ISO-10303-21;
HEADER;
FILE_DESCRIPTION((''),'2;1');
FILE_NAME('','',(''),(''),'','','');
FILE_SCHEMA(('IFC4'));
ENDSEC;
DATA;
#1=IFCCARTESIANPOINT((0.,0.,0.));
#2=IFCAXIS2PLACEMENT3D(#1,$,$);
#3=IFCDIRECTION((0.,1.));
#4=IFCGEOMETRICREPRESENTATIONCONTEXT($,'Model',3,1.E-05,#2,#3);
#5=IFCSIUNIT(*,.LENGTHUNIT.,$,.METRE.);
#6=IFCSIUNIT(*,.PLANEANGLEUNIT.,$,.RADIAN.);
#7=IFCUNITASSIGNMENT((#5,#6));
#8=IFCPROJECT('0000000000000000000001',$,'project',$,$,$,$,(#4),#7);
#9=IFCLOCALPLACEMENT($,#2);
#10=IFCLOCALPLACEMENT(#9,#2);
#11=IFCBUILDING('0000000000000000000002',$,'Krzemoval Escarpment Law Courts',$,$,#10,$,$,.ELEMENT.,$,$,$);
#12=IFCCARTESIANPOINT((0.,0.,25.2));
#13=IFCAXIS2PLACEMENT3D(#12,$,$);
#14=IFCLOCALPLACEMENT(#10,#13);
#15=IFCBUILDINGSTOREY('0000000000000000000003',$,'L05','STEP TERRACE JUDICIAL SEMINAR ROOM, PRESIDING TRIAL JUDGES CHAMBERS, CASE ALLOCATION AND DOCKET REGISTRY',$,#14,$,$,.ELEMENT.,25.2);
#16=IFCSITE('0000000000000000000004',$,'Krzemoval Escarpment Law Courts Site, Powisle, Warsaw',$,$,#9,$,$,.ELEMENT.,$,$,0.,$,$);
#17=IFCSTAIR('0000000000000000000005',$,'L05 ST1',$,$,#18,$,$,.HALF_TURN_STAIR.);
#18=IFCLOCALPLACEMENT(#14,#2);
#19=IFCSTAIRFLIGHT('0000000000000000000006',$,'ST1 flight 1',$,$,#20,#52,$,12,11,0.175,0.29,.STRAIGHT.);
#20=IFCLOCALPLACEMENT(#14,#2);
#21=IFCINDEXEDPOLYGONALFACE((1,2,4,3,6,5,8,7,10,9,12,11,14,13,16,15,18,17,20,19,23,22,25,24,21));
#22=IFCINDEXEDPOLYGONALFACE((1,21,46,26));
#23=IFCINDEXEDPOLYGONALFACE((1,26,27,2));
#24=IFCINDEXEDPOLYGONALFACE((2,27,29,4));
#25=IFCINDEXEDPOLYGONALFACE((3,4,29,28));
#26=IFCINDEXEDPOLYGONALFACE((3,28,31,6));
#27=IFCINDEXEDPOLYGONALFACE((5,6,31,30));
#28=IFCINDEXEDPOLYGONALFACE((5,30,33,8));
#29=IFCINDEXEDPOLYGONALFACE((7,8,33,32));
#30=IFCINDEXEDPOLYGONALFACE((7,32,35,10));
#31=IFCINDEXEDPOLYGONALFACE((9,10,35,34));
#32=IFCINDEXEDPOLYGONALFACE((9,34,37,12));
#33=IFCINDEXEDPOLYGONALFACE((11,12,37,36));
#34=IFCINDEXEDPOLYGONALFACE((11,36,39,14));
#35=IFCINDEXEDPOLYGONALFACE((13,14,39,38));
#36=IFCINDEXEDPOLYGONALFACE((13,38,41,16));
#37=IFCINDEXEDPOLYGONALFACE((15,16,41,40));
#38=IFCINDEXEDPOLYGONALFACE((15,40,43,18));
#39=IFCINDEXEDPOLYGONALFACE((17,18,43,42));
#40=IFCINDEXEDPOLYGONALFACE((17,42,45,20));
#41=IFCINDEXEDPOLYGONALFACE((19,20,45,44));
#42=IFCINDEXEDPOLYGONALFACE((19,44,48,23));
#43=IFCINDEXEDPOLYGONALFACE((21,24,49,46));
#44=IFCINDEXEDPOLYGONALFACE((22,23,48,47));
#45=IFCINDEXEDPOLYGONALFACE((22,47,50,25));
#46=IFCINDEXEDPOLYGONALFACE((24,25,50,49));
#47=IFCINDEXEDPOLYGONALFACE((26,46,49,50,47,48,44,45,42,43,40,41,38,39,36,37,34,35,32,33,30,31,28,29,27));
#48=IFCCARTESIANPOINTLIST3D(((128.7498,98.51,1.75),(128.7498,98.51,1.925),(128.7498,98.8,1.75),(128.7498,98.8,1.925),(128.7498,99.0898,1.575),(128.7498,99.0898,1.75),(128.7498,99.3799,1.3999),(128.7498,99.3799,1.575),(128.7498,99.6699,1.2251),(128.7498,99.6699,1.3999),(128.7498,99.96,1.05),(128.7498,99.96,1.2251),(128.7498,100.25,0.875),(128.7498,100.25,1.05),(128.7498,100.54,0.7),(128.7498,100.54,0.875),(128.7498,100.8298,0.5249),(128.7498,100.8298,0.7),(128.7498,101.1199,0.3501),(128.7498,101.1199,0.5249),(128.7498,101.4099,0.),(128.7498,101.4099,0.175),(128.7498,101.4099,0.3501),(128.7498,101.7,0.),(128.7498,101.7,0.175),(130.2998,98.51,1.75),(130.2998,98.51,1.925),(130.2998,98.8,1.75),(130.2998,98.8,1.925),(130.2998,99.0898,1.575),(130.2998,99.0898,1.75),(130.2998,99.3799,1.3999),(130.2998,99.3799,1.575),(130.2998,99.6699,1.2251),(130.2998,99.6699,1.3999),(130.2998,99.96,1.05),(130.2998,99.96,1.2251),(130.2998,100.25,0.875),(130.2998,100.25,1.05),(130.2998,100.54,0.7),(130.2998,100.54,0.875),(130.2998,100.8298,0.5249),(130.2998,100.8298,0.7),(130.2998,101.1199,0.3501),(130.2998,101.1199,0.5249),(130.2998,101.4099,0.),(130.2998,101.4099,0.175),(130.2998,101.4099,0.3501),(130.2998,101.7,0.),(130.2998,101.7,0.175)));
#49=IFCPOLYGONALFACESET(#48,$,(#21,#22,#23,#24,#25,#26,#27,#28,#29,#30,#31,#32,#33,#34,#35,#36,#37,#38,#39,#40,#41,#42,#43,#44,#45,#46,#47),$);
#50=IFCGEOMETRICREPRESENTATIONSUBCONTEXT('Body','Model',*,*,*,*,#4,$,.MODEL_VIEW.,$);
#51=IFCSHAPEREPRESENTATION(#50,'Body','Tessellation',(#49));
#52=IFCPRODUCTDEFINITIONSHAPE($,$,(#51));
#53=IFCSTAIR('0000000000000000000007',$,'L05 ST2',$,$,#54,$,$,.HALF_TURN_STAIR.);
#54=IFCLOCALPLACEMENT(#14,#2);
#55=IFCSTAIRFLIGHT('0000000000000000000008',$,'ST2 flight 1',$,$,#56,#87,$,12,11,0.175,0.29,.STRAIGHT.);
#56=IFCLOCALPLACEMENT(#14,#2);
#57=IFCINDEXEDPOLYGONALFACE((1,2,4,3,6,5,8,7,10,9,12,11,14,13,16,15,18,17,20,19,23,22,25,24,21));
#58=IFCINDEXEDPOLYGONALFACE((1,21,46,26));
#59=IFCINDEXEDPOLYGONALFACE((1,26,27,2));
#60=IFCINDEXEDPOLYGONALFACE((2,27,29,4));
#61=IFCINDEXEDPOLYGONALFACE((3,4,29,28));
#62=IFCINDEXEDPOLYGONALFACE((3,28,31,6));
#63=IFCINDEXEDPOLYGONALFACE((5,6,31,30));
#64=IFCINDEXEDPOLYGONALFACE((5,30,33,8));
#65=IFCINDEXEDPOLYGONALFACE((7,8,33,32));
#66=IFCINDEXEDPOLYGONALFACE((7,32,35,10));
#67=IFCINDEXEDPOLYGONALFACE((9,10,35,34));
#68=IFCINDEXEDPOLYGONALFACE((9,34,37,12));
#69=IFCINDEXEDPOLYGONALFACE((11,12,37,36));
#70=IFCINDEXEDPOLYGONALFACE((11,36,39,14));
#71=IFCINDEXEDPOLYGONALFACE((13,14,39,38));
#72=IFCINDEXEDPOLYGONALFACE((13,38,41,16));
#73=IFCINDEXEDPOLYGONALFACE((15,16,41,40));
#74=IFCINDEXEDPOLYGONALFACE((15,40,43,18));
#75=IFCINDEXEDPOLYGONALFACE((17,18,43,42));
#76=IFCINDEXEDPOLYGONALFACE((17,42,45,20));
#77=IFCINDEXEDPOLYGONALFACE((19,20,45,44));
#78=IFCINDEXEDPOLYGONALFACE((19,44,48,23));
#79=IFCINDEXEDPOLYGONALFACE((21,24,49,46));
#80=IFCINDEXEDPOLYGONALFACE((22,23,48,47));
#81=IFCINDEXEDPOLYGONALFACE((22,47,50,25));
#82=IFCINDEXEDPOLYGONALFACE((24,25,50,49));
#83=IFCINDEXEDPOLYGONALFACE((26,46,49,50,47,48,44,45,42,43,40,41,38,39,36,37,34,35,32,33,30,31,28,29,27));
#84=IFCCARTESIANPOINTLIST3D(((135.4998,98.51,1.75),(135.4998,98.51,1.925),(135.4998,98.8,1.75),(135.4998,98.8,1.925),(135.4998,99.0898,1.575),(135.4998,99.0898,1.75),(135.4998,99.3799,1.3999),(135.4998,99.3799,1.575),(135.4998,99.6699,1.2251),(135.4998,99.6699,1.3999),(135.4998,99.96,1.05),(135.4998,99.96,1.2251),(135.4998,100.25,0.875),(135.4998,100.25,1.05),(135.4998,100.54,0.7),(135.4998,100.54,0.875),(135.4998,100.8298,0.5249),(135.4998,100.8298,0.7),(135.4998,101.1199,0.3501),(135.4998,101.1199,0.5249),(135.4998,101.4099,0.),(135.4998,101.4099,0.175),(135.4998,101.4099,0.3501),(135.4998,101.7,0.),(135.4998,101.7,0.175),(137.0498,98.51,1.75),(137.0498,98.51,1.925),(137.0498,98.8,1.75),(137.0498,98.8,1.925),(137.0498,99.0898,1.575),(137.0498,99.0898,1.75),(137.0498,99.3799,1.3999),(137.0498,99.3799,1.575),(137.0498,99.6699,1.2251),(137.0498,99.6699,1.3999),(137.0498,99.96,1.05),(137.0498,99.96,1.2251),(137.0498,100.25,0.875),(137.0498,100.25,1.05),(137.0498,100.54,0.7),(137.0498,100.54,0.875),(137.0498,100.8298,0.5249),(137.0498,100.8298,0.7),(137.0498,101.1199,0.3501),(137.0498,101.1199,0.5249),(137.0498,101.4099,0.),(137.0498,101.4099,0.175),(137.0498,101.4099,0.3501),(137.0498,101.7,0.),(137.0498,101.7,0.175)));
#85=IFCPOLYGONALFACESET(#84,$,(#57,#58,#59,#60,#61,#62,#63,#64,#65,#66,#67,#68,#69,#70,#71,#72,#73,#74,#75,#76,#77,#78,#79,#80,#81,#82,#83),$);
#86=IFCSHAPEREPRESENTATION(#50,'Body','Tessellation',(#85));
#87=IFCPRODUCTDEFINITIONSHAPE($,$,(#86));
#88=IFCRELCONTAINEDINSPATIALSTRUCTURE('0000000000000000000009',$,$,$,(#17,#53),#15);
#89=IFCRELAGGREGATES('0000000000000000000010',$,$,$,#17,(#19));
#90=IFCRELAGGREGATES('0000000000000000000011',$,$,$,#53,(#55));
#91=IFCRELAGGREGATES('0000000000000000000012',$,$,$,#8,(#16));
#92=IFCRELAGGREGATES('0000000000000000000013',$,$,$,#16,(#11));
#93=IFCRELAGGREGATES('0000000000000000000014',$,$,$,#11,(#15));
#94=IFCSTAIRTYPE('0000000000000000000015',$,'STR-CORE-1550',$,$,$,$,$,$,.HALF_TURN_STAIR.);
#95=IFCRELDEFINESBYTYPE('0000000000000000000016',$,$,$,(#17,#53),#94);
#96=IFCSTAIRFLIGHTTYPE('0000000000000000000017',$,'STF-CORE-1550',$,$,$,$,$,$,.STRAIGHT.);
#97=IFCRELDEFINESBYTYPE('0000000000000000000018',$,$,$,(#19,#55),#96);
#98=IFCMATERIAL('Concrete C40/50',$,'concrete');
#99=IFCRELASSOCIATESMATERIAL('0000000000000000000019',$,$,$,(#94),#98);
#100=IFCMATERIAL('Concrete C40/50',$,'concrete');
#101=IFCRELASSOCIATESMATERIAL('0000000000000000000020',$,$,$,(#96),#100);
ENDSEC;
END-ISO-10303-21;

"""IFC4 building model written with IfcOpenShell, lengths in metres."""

from ifc_helpers import new_model, si_unit, direction, frame, origin, place, context, subcontext, project, spatial, polyline, outline, extrude, material, type_object, element, aggregate, save


model = new_model("IFC4")

# Units and contexts
model_context = context("Model", 3, precision=1e-05, world=origin(), true_north=direction((0.0, 1.0)))
body_context = subcontext(model_context, "Body", "Model", "MODEL_VIEW")
ifc_project = project(units=[si_unit("LENGTHUNIT", "METRE"), si_unit("PLANEANGLEUNIT", "RADIAN")], contexts=[model_context])

# Site, building, storey
site_placement = place(None, origin())
site = spatial("IfcSite", under=ifc_project, at=site_placement, Name="Krzemoval Escarpment Law Courts Site, Powisle, Warsaw", CompositionType="ELEMENT", RefElevation=0.0)
building_placement = place(site_placement, origin())
building = spatial("IfcBuilding", under=site, at=building_placement, Name="Krzemoval Escarpment Law Courts", CompositionType="ELEMENT")
storey_placement = place(building_placement, frame((0.0, 0.0, 25.2)))
storey = spatial("IfcBuildingStorey", under=building, at=storey_placement, Name="L05", Description="STEP TERRACE JUDICIAL SEMINAR ROOM, PRESIDING TRIAL JUDGES CHAMBERS, CASE ALLOCATION AND DOCKET REGISTRY", CompositionType="ELEMENT", Elevation=25.2)

# Stairs, stair flights
ifc_material_1 = material(Name="Concrete C40/50", Category="concrete")
stair_type = type_object("IfcStairType", Name="STR-CORE-1550", PredefinedType="HALF_TURN_STAIR", material=ifc_material_1)
stair_1_placement = place(storey_placement, origin())
stair_1 = element("IfcStair", 1, at=stair_1_placement, inside=storey, type_object=stair_type, Name="L05 ST1", PredefinedType="HALF_TURN_STAIR")
ifc_material_2 = material(Name="Concrete C40/50", Category="concrete")
stair_flight_type = type_object("IfcStairFlightType", Name="STF-CORE-1550", PredefinedType="STRAIGHT", material=ifc_material_2)
stair_flight_1_placement = place(storey_placement, frame((129.5249, 101.7, 0.0), z_axis=(0.0, 0.0, 1.0), x_axis=(0.0, -1.0, 0.0)))
stair_flight_1 = element("IfcStairFlight", 2, at=stair_flight_1_placement, type_object=stair_flight_type, Name="ST1 flight 1", NumberOfRisers=12, NumberOfTreads=11, PredefinedType="STRAIGHT", RiserHeight=0.175, TreadLength=0.29, context=body_context, shape_type="SweptSolid", body=[
    extrude(outline(polyline([(0.0, 0.0), (0.0, 0.175), (0.29, 0.175), (0.29, 0.3501), (0.5801, 0.3501), (0.5801, 0.5249), (0.8701, 0.5249), (0.8701, 0.7), (1.1599, 0.7), (1.1599, 0.875), (1.45, 0.875), (1.45, 1.05), (1.74, 1.05), (1.74, 1.2251), (2.03, 1.2251), (2.03, 1.3999), (2.3201, 1.3999), (2.3201, 1.575), (2.6101, 1.575), (2.6101, 1.75), (2.8999, 1.75), (2.8999, 1.925), (3.1899, 1.925), (3.1899, 2.1001), (3.1899, 1.75), (0.29, 0.0), (0.0, 0.0)])), frame((0.0, 0.7749, 0.0), z_axis=(0.0, -1.0, 0.0), x_axis=(1.0, 0.0, 0.0)), (0.0, 0.0, 1.0), 1.55),
])
aggregate(stair_1, [stair_flight_1])
stair_2_placement = place(storey_placement, origin())
stair_2 = element("IfcStair", 3, at=stair_2_placement, inside=storey, type_object=stair_type, Name="L05 ST2", PredefinedType="HALF_TURN_STAIR")
stair_flight_2_placement = place(storey_placement, frame((136.2749, 101.7, 0.0), z_axis=(0.0, 0.0, 1.0), x_axis=(0.0, -1.0, 0.0)))
stair_flight_2 = element("IfcStairFlight", 4, at=stair_flight_2_placement, type_object=stair_flight_type, Name="ST2 flight 1", NumberOfRisers=12, NumberOfTreads=11, PredefinedType="STRAIGHT", RiserHeight=0.175, TreadLength=0.29, context=body_context, shape_type="SweptSolid", body=[
    extrude(outline(polyline([(0.0, 0.0), (0.0, 0.175), (0.29, 0.175), (0.29, 0.3501), (0.5801, 0.3501), (0.5801, 0.5249), (0.8701, 0.5249), (0.8701, 0.7), (1.1599, 0.7), (1.1599, 0.875), (1.45, 0.875), (1.45, 1.05), (1.74, 1.05), (1.74, 1.2251), (2.03, 1.2251), (2.03, 1.3999), (2.3201, 1.3999), (2.3201, 1.575), (2.6101, 1.575), (2.6101, 1.75), (2.8999, 1.75), (2.8999, 1.925), (3.1899, 1.925), (3.1899, 2.1001), (3.1899, 1.75), (0.29, 0.0), (0.0, 0.0)])), frame((0.0, 0.7749, 0.0), z_axis=(0.0, -1.0, 0.0), x_axis=(1.0, 0.0, 0.0)), (0.0, 0.0, 1.0), 1.55),
])
aggregate(stair_2, [stair_flight_2])

save(model, "model.ifc")
